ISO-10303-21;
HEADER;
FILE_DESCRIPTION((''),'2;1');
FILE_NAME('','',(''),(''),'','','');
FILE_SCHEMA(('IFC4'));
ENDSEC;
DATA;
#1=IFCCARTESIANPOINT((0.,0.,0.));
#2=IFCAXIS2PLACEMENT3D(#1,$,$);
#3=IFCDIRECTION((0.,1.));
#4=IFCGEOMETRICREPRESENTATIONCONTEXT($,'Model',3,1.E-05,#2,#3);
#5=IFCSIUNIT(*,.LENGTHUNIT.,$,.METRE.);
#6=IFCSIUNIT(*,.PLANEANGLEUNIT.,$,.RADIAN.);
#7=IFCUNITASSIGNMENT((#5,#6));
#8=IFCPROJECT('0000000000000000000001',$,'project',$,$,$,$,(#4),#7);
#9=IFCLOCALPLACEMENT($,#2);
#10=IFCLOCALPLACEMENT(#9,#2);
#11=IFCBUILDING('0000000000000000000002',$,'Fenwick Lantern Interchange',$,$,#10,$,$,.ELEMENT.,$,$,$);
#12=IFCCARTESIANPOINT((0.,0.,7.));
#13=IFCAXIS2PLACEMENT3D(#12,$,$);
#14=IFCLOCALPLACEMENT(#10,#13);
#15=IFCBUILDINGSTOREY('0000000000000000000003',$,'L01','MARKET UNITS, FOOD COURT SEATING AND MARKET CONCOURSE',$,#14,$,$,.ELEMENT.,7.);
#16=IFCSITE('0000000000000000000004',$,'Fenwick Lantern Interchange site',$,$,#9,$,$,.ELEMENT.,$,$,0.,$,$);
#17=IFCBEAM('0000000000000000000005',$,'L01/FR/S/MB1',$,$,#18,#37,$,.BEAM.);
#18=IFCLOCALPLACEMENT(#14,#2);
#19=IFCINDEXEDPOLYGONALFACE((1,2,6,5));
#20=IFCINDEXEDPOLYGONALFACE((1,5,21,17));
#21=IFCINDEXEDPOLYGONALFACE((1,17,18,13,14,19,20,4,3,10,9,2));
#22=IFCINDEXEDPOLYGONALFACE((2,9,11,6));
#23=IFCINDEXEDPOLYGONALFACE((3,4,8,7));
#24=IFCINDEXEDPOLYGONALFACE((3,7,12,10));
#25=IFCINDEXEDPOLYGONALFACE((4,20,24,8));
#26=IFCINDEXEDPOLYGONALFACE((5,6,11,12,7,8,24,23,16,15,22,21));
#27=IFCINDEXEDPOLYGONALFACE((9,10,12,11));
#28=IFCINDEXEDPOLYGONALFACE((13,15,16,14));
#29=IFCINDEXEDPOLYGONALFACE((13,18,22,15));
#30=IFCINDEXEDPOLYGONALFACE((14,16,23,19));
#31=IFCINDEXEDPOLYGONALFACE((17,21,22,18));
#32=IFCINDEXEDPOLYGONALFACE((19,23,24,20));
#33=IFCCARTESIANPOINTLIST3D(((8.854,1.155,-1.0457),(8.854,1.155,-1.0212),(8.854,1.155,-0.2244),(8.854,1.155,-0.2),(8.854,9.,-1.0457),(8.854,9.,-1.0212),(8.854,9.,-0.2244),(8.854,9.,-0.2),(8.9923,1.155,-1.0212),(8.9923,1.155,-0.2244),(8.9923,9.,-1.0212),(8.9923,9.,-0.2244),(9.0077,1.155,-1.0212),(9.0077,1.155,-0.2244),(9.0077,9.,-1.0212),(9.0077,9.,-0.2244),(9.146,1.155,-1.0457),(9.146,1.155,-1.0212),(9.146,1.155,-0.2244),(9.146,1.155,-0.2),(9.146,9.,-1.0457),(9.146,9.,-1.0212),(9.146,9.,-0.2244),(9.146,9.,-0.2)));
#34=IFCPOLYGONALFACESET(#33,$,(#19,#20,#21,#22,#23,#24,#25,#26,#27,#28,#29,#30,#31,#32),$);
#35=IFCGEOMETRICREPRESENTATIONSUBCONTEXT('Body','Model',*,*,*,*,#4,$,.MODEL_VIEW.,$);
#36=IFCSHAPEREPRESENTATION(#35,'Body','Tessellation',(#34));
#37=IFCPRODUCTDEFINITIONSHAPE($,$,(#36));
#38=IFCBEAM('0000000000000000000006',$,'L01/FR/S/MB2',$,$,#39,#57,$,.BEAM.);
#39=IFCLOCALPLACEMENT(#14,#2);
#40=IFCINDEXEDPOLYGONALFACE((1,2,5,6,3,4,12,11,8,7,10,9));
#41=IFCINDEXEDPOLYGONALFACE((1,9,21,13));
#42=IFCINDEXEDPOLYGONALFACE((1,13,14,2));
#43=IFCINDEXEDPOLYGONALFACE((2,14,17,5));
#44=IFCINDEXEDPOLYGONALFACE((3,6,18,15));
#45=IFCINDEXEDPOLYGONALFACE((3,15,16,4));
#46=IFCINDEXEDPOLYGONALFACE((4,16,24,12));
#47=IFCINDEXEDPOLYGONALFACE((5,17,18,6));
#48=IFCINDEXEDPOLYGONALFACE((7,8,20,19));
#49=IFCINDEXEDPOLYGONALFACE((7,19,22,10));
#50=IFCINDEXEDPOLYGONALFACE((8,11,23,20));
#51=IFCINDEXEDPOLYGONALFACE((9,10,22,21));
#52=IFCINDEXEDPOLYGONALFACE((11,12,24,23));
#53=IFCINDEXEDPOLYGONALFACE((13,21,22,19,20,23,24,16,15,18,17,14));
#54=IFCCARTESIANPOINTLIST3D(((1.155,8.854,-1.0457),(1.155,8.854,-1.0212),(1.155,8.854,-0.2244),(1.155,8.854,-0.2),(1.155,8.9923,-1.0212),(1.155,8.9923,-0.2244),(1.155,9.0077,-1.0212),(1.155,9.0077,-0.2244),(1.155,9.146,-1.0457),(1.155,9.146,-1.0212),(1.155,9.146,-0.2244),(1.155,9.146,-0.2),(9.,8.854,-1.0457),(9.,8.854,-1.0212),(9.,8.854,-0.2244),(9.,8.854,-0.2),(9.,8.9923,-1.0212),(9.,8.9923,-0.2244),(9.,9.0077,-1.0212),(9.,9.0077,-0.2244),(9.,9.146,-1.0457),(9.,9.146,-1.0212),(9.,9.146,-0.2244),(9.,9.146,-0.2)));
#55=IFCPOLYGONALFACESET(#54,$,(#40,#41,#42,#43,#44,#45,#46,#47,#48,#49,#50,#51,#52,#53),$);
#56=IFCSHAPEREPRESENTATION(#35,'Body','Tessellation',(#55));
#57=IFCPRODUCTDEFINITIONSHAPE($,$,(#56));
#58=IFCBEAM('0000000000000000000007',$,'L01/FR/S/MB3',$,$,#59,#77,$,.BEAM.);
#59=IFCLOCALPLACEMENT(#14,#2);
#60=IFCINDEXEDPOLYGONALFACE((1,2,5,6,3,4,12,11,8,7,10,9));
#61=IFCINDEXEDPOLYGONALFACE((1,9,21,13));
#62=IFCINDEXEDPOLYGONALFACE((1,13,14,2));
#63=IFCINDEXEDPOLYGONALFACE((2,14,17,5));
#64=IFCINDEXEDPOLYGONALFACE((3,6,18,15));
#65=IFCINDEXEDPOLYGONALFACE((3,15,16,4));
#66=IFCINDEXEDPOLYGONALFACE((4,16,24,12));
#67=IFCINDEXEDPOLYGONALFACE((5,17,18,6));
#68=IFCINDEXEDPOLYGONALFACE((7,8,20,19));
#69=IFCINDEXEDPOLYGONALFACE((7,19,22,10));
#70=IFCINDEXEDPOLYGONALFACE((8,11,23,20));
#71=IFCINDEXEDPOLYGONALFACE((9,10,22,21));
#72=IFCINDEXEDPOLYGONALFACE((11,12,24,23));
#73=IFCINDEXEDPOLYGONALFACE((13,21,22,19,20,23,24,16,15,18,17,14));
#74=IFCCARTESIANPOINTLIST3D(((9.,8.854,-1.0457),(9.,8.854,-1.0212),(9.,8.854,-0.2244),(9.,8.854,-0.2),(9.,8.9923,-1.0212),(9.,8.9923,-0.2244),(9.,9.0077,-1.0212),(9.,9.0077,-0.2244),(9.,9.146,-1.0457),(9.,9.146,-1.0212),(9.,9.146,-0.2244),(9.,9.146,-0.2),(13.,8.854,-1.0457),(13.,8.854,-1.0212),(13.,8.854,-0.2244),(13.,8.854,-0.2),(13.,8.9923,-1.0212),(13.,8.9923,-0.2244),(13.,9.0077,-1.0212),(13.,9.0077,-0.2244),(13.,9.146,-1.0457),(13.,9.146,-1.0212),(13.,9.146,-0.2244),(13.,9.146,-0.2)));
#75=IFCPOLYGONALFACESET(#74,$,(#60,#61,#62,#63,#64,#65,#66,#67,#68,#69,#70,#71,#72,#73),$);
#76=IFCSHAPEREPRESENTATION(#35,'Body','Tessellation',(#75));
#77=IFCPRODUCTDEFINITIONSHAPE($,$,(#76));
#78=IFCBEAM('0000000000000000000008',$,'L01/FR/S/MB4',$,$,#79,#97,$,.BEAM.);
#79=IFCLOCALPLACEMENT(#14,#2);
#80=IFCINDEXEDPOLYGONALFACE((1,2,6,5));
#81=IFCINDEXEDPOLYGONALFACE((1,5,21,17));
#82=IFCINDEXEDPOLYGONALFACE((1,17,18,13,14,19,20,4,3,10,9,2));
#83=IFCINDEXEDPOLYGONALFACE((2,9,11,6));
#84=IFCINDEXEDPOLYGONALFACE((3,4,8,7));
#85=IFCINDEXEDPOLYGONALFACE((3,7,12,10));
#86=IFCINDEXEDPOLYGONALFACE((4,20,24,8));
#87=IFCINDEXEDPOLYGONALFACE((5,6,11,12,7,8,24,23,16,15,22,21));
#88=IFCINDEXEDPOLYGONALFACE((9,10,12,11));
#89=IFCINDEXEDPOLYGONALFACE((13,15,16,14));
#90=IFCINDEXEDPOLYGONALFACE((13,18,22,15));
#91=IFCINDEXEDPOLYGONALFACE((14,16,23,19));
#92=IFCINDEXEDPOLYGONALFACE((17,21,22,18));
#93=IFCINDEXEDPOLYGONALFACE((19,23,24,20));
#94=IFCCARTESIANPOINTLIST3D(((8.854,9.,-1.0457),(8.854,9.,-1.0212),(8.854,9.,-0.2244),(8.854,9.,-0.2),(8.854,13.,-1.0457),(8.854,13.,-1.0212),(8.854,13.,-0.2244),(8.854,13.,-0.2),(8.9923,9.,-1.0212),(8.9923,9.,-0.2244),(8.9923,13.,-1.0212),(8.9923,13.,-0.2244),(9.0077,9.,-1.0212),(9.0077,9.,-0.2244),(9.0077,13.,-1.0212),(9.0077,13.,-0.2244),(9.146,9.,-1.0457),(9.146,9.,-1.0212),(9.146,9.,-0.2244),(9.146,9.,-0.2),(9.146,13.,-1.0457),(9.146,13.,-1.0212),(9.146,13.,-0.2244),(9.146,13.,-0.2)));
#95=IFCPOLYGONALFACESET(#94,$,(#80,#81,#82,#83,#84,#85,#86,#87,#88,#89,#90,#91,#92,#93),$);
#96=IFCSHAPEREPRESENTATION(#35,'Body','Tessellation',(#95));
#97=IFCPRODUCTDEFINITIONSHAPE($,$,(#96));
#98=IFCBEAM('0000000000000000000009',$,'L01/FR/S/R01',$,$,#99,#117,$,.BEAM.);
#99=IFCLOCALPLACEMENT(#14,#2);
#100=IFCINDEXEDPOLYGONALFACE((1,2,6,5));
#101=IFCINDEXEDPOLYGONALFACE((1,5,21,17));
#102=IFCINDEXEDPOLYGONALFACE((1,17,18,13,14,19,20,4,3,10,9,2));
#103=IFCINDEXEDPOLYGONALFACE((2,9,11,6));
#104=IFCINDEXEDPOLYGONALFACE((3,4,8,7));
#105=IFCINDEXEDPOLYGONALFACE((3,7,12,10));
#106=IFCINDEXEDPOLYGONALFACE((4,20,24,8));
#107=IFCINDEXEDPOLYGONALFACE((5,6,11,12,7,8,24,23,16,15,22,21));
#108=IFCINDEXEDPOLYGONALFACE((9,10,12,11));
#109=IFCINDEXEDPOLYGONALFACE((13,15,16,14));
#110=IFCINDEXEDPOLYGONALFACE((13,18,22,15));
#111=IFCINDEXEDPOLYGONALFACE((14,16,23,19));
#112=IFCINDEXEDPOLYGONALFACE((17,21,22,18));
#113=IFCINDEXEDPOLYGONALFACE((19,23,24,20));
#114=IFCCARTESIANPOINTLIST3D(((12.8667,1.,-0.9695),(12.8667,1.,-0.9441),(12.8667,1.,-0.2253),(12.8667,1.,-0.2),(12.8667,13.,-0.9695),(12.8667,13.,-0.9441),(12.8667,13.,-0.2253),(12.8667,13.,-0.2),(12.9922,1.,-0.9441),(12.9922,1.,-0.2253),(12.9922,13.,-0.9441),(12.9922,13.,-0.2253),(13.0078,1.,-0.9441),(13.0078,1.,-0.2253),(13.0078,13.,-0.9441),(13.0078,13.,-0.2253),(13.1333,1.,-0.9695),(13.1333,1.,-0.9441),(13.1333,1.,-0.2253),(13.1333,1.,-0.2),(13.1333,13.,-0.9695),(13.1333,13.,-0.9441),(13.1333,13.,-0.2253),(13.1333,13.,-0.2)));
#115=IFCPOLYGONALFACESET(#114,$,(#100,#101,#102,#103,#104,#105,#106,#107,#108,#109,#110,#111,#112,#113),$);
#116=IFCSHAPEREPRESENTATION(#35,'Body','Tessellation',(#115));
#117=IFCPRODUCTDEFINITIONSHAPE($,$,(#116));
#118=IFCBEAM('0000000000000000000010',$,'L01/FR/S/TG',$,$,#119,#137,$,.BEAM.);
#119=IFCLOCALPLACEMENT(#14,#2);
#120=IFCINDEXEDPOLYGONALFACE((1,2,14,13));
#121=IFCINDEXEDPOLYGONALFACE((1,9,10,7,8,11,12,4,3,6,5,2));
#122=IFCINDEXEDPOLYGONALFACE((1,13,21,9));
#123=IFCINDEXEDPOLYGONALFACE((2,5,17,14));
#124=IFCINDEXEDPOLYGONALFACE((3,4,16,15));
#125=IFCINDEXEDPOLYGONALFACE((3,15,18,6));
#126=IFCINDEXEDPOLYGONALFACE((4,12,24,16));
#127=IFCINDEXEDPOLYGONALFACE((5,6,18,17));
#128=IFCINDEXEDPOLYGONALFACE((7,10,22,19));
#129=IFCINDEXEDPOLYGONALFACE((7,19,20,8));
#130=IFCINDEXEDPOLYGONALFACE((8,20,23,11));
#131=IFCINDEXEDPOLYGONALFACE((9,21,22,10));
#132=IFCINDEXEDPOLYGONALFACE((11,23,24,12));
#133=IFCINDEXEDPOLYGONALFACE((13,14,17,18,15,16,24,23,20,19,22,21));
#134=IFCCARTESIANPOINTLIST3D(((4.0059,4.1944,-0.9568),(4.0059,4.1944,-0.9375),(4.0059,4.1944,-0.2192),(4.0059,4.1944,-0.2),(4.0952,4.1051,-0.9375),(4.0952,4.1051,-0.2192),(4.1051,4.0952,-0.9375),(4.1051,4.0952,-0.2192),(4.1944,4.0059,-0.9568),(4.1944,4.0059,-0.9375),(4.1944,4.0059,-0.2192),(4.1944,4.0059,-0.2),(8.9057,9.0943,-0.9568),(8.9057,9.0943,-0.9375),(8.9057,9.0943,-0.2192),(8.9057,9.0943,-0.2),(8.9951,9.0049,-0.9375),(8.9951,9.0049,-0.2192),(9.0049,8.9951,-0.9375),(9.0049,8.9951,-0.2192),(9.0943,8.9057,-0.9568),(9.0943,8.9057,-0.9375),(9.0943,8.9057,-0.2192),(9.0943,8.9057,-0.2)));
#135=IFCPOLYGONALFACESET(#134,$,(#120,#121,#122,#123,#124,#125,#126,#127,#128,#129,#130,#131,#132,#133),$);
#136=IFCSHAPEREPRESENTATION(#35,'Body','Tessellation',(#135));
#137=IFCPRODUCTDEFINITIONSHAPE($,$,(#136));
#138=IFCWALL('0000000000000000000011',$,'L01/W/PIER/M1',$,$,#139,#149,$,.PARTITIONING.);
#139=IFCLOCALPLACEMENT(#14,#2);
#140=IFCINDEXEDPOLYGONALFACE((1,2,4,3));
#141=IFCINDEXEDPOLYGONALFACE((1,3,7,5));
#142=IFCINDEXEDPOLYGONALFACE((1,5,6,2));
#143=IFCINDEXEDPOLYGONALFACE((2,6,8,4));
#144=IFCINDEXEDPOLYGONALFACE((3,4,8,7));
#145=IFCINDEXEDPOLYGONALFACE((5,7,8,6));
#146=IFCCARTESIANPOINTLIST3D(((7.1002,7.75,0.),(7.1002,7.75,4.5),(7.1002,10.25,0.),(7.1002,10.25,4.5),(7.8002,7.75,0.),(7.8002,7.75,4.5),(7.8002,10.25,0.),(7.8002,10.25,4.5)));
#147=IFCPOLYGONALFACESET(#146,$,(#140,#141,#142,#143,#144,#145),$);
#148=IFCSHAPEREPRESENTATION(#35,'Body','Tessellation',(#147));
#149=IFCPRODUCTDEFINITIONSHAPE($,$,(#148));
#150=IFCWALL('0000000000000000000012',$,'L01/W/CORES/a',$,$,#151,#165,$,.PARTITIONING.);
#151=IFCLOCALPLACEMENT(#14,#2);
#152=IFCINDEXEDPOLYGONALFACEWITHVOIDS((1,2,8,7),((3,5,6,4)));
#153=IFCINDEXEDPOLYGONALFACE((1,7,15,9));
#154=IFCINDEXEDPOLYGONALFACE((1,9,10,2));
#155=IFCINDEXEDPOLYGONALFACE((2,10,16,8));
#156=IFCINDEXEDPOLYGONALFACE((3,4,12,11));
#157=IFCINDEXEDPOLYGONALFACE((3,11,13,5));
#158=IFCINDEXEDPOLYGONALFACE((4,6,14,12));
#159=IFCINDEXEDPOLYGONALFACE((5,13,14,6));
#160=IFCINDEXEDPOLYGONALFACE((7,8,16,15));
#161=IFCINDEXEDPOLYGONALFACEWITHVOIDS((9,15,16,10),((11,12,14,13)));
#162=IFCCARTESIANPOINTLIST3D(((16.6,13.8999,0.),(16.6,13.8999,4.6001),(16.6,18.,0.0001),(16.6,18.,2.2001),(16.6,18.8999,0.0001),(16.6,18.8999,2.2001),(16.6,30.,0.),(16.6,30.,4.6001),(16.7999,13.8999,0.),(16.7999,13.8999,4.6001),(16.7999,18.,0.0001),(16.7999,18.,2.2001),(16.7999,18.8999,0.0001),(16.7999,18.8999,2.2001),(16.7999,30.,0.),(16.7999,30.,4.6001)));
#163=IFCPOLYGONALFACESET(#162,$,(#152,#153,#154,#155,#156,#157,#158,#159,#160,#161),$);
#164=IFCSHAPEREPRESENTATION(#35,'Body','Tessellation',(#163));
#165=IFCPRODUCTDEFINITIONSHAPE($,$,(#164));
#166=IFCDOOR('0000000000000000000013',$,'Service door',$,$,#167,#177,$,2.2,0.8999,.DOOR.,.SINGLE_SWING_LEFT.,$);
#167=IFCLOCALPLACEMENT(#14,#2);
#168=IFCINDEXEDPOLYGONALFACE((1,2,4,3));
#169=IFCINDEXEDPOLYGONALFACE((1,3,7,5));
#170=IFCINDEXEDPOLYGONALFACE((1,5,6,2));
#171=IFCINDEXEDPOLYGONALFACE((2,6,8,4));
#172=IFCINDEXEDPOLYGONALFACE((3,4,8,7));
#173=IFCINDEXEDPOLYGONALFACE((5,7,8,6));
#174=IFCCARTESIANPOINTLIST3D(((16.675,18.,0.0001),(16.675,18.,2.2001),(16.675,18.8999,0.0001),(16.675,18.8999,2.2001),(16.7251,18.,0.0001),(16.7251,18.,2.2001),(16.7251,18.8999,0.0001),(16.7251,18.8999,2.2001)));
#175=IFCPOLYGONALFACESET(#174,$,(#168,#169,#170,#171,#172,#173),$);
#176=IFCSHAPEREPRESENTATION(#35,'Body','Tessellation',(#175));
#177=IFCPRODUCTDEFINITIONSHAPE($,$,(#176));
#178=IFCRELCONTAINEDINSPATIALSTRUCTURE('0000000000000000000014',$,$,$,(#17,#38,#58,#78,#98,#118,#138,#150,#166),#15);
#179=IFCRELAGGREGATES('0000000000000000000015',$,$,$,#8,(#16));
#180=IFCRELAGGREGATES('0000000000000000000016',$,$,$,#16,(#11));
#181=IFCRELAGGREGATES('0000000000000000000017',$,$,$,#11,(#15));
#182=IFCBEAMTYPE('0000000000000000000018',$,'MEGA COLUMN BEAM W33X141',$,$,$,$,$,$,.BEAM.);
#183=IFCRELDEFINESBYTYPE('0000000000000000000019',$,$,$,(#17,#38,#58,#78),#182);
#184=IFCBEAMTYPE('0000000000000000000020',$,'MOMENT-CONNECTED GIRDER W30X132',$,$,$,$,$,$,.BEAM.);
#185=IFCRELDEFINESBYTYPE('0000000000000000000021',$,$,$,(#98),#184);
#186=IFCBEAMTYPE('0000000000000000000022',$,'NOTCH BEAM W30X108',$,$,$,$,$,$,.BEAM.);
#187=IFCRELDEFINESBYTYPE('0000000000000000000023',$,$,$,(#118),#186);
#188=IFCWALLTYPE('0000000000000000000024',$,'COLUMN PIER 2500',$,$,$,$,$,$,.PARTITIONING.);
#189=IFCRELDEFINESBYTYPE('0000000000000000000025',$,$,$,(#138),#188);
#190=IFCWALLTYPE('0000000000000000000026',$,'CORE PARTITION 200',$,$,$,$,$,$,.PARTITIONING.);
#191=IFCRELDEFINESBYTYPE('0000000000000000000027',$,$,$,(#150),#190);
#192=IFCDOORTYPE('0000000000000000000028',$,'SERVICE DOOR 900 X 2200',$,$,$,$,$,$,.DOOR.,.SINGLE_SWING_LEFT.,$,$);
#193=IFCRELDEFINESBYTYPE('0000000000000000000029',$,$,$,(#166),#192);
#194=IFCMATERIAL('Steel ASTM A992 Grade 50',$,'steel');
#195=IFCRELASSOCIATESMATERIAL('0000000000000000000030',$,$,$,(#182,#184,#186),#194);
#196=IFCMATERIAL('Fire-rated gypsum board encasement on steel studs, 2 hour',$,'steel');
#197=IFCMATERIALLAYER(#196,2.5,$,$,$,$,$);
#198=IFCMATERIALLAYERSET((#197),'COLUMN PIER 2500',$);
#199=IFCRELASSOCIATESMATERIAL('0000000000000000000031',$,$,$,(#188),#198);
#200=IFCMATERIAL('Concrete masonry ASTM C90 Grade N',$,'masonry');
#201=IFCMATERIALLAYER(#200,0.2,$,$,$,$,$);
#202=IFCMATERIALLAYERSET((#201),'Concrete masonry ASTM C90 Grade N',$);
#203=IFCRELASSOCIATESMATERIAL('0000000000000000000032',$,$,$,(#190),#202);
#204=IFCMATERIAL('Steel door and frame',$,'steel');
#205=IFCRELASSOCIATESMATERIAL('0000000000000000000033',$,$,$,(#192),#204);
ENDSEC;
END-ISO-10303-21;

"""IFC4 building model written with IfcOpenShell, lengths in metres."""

from ifc_helpers import new_model, si_unit, direction, frame, frame_2d, origin, origin_2d, place, context, subcontext, project, spatial, rectangle, i_section, extrude, material, layer, layer_set, material_profile, profile_set, type_object, element, fill, save


model = new_model("IFC4")

# Units and contexts
model_context = context("Model", 3, precision=1e-05, world=origin(), true_north=direction((0.0, 1.0)))
body_context = subcontext(model_context, "Body", "Model", "MODEL_VIEW")
ifc_project = project(units=[si_unit("LENGTHUNIT", "METRE"), si_unit("PLANEANGLEUNIT", "RADIAN")], contexts=[model_context])

# Site, building, storey
site_placement = place(None, origin())
site = spatial("IfcSite", under=ifc_project, at=site_placement, Name="Fenwick Lantern Interchange site", CompositionType="ELEMENT", RefElevation=0.0)
building_placement = place(site_placement, origin())
building = spatial("IfcBuilding", under=site, at=building_placement, Name="Fenwick Lantern Interchange", CompositionType="ELEMENT")
storey_placement = place(building_placement, frame((0.0, 0.0, 7.0)))
storey = spatial("IfcBuildingStorey", under=building, at=storey_placement, Name="L01", Description="MARKET UNITS, FOOD COURT SEATING AND MARKET CONCOURSE", CompositionType="ELEMENT", Elevation=7.0)

# Beams
ifc_material_1 = material(Name="Steel ASTM A992 Grade 50", Category="steel")
ifc_material_profile_1 = material_profile(ifc_material_1, i_section(OverallWidth=0.292, OverallDepth=0.8457, WebThickness=0.0154, FlangeThickness=0.0244, at=origin_2d()), Name="W33X141")
ifc_profile_set_1 = profile_set([ifc_material_profile_1], Name="Steel ASTM A992 Grade 50")
beam_type_1 = type_object("IfcBeamType", Name="MEGA COLUMN BEAM W33X141", PredefinedType="BEAM", material=ifc_profile_set_1)
for number, where, z_axis, x_axis, name in (
    (1, (9.0, 9.0, -0.6228), (0.0, -1.0, 0.0), (1.0, 0.0, 0.0), "L01/FR/S/MB1"),
    (2, (9.0, 9.0, -0.6228), (-1.0, 0.0, 0.0), (0.0, -1.0, 0.0), "L01/FR/S/MB2"),
):
    element("IfcBeam", number, at=place(storey_placement, frame(where, z_axis=z_axis, x_axis=x_axis)), inside=storey, type_object=beam_type_1, Name=name, PredefinedType="BEAM", context=body_context, shape_type="SweptSolid", body=[
        extrude(i_section(OverallWidth=0.292, OverallDepth=0.8457, WebThickness=0.0154, FlangeThickness=0.0244, at=origin_2d()), origin(), (0.0, 0.0, 1.0), 7.845),
    ])
for number, where, z_axis, x_axis, name in (
    (3, (9.0, 9.0, -0.6228), (1.0, 0.0, 0.0), (0.0, 1.0, 0.0), "L01/FR/S/MB3"),
    (4, (9.0, 9.0, -0.6228), (0.0, 1.0, 0.0), (-1.0, 0.0, 0.0), "L01/FR/S/MB4"),
):
    element("IfcBeam", number, at=place(storey_placement, frame(where, z_axis=z_axis, x_axis=x_axis)), inside=storey, type_object=beam_type_1, Name=name, PredefinedType="BEAM", context=body_context, shape_type="SweptSolid", body=[
        extrude(i_section(OverallWidth=0.292, OverallDepth=0.8457, WebThickness=0.0154, FlangeThickness=0.0244, at=origin_2d()), origin(), (0.0, 0.0, 1.0), 4.0),
    ])
ifc_material_profile_2 = material_profile(ifc_material_1, i_section(OverallWidth=0.2666, OverallDepth=0.7695, WebThickness=0.0156, FlangeThickness=0.0254, at=origin_2d()), Name="W30X132")
ifc_profile_set_2 = profile_set([ifc_material_profile_2], Name="Steel ASTM A992 Grade 50")
beam_type_2 = type_object("IfcBeamType", Name="MOMENT-CONNECTED GIRDER W30X132", PredefinedType="BEAM", material=ifc_profile_set_2)
beam_1_placement = place(storey_placement, frame((13.0, 1.0, -0.5847), z_axis=(0.0, 1.0, 0.0), x_axis=(-1.0, 0.0, 0.0)))
element("IfcBeam", 5, at=beam_1_placement, inside=storey, type_object=beam_type_2, Name="L01/FR/S/R01", PredefinedType="BEAM", context=body_context, shape_type="SweptSolid", body=[
    extrude(i_section(OverallWidth=0.2666, OverallDepth=0.7695, WebThickness=0.0156, FlangeThickness=0.0254, at=origin_2d()), origin(), (0.0, 0.0, 1.0), 12.0),
])
ifc_material_profile_3 = material_profile(ifc_material_1, i_section(OverallWidth=0.2666, OverallDepth=0.7568, WebThickness=0.0139, FlangeThickness=0.0193, at=origin_2d()), Name="W30X108")
ifc_profile_set_3 = profile_set([ifc_material_profile_3], Name="Steel ASTM A992 Grade 50")
beam_type_3 = type_object("IfcBeamType", Name="NOTCH BEAM W30X108", PredefinedType="BEAM", material=ifc_profile_set_3)
beam_2_placement = place(storey_placement, frame((9.0, 9.0, -0.5784), z_axis=(-0.707107, -0.707107, 0.0), x_axis=(0.707107, -0.707107, 0.0)))
element("IfcBeam", 6, at=beam_2_placement, inside=storey, type_object=beam_type_3, Name="L01/FR/S/TG", PredefinedType="BEAM", context=body_context, shape_type="SweptSolid", body=[
    extrude(i_section(OverallWidth=0.2666, OverallDepth=0.7568, WebThickness=0.0139, FlangeThickness=0.0193, at=origin_2d()), origin(), (0.0, 0.0, 1.0), 6.9294),
])

# Wall
ifc_material_2 = material(Name="Fire-rated gypsum board encasement on steel studs, 2 hour", Category="steel")
ifc_layer_1 = layer(ifc_material_2, 2.5)
ifc_layer_set_1 = layer_set([ifc_layer_1], Name="COLUMN PIER 2500")
wall_type_1 = type_object("IfcWallType", Name="COLUMN PIER 2500", PredefinedType="PARTITIONING", material=ifc_layer_set_1)
wall_1_placement = place(storey_placement, frame((7.1001, 9.0, 0.0), z_axis=(0.0, 0.0, 1.0), x_axis=(1.0, 0.0, 0.0)))
element("IfcWall", 7, at=wall_1_placement, inside=storey, type_object=wall_type_1, Name="L01/W/PIER/M1", PredefinedType="PARTITIONING", context=body_context, shape_type="SweptSolid", body=[
    extrude(rectangle(XDim=0.7, YDim=2.5, at=frame_2d((0.3501, 0.0))), origin(), (0.0, 0.0, 1.0), 4.5),
])

# Wall, opening, door
ifc_material_3 = material(Name="Concrete masonry ASTM C90 Grade N", Category="masonry")
ifc_layer_2 = layer(ifc_material_3, 0.2)
ifc_layer_set_2 = layer_set([ifc_layer_2], Name="Concrete masonry ASTM C90 Grade N")
wall_type_2 = type_object("IfcWallType", Name="CORE PARTITION 200", PredefinedType="PARTITIONING", material=ifc_layer_set_2)
wall_2_placement = place(storey_placement, frame((16.7, 13.8999, 0.0), z_axis=(0.0, 0.0, 1.0), x_axis=(0.0, 1.0, 0.0)))
wall_2 = element("IfcWall", 8, at=wall_2_placement, inside=storey, type_object=wall_type_2, Name="L01/W/CORES/a", PredefinedType="PARTITIONING", context=body_context, shape_type="SweptSolid", body=[
    extrude(rectangle(XDim=16.1001, YDim=0.2, at=frame_2d((8.05, 0.0))), origin(), (0.0, 0.0, 1.0), 4.6001),
])
opening_1_placement = place(wall_2_placement, frame((4.1001, 0.0, 0.0)))
opening_1 = element("IfcOpeningElement", 9, at=opening_1_placement, cuts=wall_2, PredefinedType="OPENING", context=body_context, shape_type="SweptSolid", body=[
    extrude(rectangle(XDim=0.8999, YDim=2.2, at=frame_2d((0.45, 1.1001))), frame((0.0, 0.1099, 0.0), z_axis=(0.0, -1.0, 0.0), x_axis=(1.0, 0.0, 0.0)), (0.0, 0.0, 1.0), 0.22),
])
ifc_material_4 = material(Name="Steel door and frame", Category="steel")
door_type_1 = type_object("IfcDoorType", Name="SERVICE DOOR 900 X 2200", OperationType="SINGLE_SWING_LEFT", PredefinedType="DOOR", material=ifc_material_4)
door_1_placement = place(opening_1_placement, origin())
door_1 = element("IfcDoor", 10, at=door_1_placement, inside=storey, type_object=door_type_1, Name="Service door", OperationType="SINGLE_SWING_LEFT", OverallHeight=2.2, OverallWidth=0.8999, PredefinedType="DOOR", context=body_context, shape_type="SweptSolid", body=[
    extrude(rectangle(XDim=0.8999, YDim=2.2, at=frame_2d((0.45, 1.1001))), frame((0.0, 0.0249, 0.0), z_axis=(0.0, -1.0, 0.0), x_axis=(1.0, 0.0, 0.0)), (0.0, 0.0, 1.0), 0.05),
])
fill(opening_1, door_1)

save(model, "model.ifc")
